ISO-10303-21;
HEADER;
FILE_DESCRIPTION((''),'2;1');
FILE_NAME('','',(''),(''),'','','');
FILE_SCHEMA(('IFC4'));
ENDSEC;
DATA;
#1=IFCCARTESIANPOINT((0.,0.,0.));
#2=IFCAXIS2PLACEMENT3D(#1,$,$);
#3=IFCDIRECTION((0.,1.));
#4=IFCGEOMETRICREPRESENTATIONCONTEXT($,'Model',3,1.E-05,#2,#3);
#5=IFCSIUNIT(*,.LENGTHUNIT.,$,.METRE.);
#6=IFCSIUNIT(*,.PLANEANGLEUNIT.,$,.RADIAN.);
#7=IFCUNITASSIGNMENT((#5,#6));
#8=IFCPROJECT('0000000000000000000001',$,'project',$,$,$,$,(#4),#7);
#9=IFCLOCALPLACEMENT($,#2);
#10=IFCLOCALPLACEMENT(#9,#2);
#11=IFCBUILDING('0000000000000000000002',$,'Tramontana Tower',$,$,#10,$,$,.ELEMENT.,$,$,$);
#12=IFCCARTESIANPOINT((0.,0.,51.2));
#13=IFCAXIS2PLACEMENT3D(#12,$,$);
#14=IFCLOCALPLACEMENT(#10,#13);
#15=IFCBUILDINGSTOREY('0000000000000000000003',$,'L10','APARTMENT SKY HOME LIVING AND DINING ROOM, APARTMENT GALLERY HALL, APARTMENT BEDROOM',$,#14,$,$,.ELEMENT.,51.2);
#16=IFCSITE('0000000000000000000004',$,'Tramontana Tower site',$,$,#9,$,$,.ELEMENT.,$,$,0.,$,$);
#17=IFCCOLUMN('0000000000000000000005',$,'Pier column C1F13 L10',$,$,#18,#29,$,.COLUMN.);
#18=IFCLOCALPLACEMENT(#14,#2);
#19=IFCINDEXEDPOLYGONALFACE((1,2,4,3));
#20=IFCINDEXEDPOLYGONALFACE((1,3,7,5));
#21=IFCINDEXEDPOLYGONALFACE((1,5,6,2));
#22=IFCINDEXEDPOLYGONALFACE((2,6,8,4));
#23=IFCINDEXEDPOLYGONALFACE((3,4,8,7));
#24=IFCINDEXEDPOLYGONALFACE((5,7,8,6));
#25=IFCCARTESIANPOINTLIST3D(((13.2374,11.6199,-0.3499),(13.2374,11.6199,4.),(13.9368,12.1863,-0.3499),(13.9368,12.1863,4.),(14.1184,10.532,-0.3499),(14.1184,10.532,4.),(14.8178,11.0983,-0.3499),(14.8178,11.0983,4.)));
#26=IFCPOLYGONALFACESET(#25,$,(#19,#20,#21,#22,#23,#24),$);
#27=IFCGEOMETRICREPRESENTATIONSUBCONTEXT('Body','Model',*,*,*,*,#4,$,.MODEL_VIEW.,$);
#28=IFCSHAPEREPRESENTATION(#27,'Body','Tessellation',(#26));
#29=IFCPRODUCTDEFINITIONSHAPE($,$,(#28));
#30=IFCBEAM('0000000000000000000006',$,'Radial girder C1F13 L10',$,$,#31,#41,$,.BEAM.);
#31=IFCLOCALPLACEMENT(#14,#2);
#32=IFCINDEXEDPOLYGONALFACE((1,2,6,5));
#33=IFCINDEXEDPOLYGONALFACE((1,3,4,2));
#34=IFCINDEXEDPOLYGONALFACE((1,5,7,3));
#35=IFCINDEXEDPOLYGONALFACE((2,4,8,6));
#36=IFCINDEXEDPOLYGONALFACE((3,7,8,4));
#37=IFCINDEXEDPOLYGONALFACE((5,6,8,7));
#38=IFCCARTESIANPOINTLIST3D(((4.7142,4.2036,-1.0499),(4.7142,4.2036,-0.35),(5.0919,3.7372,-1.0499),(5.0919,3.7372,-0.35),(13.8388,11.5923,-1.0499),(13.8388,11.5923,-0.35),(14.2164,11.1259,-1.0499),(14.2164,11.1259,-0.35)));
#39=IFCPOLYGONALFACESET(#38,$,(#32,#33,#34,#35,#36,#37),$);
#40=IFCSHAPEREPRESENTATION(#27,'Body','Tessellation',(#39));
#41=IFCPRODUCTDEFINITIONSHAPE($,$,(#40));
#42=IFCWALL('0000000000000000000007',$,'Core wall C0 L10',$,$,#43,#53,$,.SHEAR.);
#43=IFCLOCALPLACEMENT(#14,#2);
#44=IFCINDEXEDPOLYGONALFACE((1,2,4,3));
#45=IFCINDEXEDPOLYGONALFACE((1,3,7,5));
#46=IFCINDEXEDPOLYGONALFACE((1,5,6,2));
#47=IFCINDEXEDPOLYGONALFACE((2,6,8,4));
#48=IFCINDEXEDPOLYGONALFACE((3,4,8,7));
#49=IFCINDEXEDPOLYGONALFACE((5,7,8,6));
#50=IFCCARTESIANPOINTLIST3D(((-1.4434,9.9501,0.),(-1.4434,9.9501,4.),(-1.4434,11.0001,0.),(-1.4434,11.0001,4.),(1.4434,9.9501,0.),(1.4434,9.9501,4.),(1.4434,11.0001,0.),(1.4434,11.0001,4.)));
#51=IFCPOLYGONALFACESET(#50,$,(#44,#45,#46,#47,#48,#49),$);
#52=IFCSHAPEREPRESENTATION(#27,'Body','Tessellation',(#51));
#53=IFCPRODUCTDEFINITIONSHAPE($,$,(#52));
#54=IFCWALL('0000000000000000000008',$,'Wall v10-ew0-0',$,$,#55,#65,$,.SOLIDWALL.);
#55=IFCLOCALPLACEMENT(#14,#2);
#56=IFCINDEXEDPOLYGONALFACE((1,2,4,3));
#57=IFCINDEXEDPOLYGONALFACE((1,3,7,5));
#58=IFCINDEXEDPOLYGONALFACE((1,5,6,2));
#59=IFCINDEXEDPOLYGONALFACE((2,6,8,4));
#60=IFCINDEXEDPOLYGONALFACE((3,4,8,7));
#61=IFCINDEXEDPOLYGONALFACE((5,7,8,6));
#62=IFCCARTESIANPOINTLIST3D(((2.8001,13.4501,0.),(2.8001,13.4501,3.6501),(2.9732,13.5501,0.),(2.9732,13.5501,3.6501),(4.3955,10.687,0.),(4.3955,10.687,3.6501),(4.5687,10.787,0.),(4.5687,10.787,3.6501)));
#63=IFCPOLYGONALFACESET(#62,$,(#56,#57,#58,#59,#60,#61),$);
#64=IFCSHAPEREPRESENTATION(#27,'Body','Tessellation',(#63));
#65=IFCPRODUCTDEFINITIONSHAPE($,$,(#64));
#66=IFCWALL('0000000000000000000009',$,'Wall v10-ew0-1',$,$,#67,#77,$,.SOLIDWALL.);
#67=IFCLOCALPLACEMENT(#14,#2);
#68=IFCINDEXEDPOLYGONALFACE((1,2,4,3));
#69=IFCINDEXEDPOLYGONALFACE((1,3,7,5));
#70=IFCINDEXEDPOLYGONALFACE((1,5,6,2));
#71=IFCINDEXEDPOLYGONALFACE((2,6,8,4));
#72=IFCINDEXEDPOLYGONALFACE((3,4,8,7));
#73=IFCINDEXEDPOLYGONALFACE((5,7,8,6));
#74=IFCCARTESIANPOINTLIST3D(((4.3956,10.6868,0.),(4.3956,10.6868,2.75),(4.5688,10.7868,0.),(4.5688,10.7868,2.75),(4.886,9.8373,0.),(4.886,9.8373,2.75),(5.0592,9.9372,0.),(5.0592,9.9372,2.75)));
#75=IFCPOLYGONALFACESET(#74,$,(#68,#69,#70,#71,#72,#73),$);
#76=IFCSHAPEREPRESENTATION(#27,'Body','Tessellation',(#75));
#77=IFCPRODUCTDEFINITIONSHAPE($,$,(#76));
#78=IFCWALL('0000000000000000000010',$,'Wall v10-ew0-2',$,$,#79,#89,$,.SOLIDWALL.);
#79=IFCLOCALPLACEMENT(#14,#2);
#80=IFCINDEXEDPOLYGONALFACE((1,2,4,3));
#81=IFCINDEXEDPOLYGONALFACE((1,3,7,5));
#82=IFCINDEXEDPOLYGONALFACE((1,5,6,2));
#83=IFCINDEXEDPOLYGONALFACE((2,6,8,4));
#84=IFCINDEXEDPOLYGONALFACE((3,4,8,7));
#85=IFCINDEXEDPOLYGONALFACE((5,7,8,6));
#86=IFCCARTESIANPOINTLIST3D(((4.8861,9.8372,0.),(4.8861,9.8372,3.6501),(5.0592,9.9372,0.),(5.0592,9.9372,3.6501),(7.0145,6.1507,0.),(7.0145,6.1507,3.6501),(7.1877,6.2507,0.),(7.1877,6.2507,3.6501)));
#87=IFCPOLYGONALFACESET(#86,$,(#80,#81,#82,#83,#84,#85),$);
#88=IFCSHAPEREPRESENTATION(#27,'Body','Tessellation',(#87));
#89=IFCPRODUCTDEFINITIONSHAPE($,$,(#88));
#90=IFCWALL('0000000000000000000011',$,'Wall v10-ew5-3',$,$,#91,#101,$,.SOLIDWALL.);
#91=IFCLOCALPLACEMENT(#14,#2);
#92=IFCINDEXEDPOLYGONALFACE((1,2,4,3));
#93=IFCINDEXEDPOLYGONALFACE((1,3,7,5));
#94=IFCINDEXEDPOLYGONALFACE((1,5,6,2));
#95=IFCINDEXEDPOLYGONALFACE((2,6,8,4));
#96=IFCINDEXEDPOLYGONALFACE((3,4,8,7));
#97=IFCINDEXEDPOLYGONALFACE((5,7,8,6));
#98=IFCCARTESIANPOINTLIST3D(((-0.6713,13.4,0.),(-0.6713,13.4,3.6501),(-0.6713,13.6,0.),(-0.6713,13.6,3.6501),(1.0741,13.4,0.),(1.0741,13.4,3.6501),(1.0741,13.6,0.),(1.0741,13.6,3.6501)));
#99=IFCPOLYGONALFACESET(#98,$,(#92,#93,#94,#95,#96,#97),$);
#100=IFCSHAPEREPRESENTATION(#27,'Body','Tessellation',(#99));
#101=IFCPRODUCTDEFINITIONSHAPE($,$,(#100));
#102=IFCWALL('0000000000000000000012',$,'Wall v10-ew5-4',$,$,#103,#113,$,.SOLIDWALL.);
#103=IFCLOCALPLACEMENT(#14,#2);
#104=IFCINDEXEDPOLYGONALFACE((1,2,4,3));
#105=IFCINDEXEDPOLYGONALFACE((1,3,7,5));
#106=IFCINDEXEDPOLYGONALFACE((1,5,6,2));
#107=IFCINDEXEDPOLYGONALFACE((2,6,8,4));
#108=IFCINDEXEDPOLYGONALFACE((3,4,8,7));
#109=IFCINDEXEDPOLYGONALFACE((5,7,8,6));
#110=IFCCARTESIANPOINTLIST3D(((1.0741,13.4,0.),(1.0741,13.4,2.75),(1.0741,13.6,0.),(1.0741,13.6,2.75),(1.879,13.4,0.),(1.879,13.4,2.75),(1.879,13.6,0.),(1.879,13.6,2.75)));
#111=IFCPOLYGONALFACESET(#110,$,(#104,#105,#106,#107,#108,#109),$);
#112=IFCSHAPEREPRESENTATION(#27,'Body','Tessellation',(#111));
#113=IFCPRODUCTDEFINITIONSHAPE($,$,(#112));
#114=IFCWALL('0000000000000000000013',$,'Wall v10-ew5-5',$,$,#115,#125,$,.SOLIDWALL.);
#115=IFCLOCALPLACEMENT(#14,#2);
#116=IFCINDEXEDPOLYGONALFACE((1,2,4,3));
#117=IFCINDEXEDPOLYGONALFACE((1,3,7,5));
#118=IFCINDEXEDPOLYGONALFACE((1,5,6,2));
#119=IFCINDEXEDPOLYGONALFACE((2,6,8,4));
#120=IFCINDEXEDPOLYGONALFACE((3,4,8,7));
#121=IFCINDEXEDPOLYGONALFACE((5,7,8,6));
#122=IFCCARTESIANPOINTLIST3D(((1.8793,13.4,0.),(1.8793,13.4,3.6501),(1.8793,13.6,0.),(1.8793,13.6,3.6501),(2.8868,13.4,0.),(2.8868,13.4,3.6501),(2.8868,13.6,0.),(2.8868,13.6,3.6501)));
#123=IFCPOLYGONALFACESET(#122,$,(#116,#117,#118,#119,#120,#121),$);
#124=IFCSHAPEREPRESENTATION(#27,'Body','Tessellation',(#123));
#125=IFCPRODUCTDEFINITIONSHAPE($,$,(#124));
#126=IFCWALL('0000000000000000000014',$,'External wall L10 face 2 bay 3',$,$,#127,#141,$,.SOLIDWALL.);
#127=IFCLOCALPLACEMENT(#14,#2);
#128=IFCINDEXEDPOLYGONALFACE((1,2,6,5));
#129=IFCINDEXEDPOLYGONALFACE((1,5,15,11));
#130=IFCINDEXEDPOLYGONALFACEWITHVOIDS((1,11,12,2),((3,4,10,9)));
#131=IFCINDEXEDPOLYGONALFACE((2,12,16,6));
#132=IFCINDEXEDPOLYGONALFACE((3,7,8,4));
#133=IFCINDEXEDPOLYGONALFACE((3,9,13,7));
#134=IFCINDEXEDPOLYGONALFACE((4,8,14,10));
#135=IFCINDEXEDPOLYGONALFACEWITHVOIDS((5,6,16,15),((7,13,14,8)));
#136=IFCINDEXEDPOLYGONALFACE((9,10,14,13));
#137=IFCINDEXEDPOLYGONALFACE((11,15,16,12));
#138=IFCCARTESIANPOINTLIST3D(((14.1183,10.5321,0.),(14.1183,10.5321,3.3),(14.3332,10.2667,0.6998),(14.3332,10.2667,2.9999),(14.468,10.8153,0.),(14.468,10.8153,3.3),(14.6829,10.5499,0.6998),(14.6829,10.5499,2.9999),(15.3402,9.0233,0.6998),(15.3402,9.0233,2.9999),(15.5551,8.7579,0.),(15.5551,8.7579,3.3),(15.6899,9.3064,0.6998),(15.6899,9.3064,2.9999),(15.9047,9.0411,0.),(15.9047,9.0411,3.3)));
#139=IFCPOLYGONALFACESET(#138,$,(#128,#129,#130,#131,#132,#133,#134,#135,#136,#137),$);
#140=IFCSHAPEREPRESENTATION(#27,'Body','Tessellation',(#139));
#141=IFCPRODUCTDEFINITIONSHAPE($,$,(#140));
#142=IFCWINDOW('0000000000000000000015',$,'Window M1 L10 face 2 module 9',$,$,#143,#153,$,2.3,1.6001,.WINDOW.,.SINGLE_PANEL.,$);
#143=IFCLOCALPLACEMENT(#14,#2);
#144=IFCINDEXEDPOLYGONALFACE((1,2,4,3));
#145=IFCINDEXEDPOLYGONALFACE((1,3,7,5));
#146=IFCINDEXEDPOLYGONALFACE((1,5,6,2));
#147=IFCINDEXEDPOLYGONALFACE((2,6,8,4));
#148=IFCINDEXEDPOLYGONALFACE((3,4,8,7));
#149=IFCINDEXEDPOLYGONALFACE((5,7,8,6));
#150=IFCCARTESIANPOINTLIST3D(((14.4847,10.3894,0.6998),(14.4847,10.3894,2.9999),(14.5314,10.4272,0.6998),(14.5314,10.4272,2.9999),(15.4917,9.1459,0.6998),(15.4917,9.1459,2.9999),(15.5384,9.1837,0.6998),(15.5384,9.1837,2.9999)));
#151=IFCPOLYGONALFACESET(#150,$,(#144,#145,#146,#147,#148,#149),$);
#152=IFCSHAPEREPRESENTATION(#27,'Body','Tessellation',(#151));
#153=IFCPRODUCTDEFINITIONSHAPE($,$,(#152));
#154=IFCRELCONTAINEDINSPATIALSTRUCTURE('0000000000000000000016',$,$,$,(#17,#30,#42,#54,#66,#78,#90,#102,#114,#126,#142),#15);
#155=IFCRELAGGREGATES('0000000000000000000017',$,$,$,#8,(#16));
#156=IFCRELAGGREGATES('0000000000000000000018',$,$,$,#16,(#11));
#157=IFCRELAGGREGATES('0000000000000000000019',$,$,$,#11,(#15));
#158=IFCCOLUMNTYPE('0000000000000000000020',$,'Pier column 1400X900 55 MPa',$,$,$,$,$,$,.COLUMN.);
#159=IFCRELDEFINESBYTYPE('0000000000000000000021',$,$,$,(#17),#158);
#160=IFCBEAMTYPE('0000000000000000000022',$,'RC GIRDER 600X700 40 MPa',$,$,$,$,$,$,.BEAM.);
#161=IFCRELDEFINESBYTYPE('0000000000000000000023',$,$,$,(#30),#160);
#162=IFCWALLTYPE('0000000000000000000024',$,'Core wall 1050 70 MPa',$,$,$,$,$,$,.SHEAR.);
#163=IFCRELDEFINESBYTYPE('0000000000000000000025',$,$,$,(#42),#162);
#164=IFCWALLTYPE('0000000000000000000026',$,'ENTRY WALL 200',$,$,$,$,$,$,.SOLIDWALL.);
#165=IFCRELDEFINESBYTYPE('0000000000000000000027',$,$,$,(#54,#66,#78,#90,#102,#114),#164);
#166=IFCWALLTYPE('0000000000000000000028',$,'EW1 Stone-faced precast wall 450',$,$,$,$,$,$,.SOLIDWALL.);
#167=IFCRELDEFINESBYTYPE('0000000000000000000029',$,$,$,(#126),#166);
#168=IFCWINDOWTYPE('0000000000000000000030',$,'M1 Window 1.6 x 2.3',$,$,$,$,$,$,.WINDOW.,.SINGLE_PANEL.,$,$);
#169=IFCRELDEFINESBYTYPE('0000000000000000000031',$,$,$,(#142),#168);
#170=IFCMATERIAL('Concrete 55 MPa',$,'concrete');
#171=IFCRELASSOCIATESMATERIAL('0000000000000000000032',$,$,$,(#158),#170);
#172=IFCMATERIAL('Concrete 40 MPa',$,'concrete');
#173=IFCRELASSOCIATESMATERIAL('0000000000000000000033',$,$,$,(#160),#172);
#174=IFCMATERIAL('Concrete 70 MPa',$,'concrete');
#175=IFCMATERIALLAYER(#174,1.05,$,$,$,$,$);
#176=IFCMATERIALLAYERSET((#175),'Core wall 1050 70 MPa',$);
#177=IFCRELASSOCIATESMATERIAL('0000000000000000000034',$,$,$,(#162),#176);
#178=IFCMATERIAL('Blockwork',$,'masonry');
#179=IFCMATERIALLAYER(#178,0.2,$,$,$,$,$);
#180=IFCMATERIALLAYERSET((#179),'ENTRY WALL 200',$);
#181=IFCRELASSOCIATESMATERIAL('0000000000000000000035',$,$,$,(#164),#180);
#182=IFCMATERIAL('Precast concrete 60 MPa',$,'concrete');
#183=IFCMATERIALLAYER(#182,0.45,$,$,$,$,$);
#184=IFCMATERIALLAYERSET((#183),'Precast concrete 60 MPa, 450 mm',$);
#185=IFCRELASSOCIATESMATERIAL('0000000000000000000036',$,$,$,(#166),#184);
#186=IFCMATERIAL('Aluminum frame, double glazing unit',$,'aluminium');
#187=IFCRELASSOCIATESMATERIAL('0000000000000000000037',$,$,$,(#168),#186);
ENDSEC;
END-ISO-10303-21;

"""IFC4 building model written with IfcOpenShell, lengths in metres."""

from ifc_helpers import new_model, si_unit, direction, frame, frame_2d, origin, origin_2d, place, context, subcontext, project, spatial, rectangle, extrude, material, layer, layer_set, material_profile, profile_set, type_object, element, fill, save


model = new_model("IFC4")

# Units and contexts
model_context = context("Model", 3, precision=1e-05, world=origin(), true_north=direction((0.0, 1.0)))
body_context = subcontext(model_context, "Body", "Model", "MODEL_VIEW")
ifc_project = project(units=[si_unit("LENGTHUNIT", "METRE"), si_unit("PLANEANGLEUNIT", "RADIAN")], contexts=[model_context])

# Site, building, storey
site_placement = place(None, origin())
site = spatial("IfcSite", under=ifc_project, at=site_placement, Name="Tramontana Tower site", CompositionType="ELEMENT", RefElevation=0.0)
building_placement = place(site_placement, origin())
building = spatial("IfcBuilding", under=site, at=building_placement, Name="Tramontana Tower", CompositionType="ELEMENT")
storey_placement = place(building_placement, frame((0.0, 0.0, 51.2)))
storey = spatial("IfcBuildingStorey", under=building, at=storey_placement, Name="L10", Description="APARTMENT SKY HOME LIVING AND DINING ROOM, APARTMENT GALLERY HALL, APARTMENT BEDROOM", CompositionType="ELEMENT", Elevation=51.2)

# Column
ifc_material_1 = material(Name="Concrete 55 MPa", Category="concrete")
ifc_material_profile_1 = material_profile(ifc_material_1, rectangle(XDim=1.3999, YDim=0.8999, at=origin_2d()), Name="Pier column 1400X900 55 MPa")
ifc_profile_set_1 = profile_set([ifc_material_profile_1], Name="Concrete 55 MPa")
column_type = type_object("IfcColumnType", Name="Pier column 1400X900 55 MPa", PredefinedType="COLUMN", material=ifc_profile_set_1)
column_placement = place(storey_placement, frame((14.0276, 11.3591, -0.3499), z_axis=(0.0, 0.0, 1.0), x_axis=(-0.62932, 0.777146, 0.0)))
element("IfcColumn", 1, at=column_placement, inside=storey, type_object=column_type, Name="Pier column C1F13 L10", PredefinedType="COLUMN", context=body_context, shape_type="SweptSolid", body=[
    extrude(rectangle(XDim=1.3999, YDim=0.8999, at=origin_2d()), origin(), (0.0, 0.0, 1.0), 4.3499),
])

# Beam
ifc_material_2 = material(Name="Concrete 40 MPa", Category="concrete")
ifc_material_profile_2 = material_profile(ifc_material_2, rectangle(XDim=0.6001, YDim=0.7, at=origin_2d()), Name="RC GIRDER 600X700 40 MPa")
ifc_profile_set_2 = profile_set([ifc_material_profile_2], Name="Concrete 40 MPa")
beam_type = type_object("IfcBeamType", Name="RC GIRDER 600X700 40 MPa", PredefinedType="BEAM", material=ifc_profile_set_2)
beam_placement = place(storey_placement, frame((14.0276, 11.3591, -0.7), z_axis=(-0.777155, -0.629309, 0.0), x_axis=(0.629309, -0.777155, 0.0)))
element("IfcBeam", 2, at=beam_placement, inside=storey, type_object=beam_type, Name="Radial girder C1F13 L10", PredefinedType="BEAM", context=body_context, shape_type="SweptSolid", body=[
    extrude(rectangle(XDim=0.6001, YDim=0.7, at=origin_2d()), origin(), (0.0, 0.0, 1.0), 11.741),
])

# Walls
ifc_material_3 = material(Name="Concrete 70 MPa", Category="concrete")
ifc_layer_1 = layer(ifc_material_3, 1.05)
ifc_layer_set_1 = layer_set([ifc_layer_1], Name="Core wall 1050 70 MPa")
wall_type_1 = type_object("IfcWallType", Name="Core wall 1050 70 MPa", PredefinedType="SHEAR", material=ifc_layer_set_1)
wall_1_placement = place(storey_placement, frame((1.4434, 10.4751, 0.0), z_axis=(0.0, 0.0, 1.0), x_axis=(-1.0, 0.0, 0.0)))
element("IfcWall", 3, at=wall_1_placement, inside=storey, type_object=wall_type_1, Name="Core wall C0 L10", PredefinedType="SHEAR", context=body_context, shape_type="SweptSolid", body=[
    extrude(rectangle(XDim=2.8867, YDim=1.05, at=frame_2d((1.4434, 0.0))), origin(), (0.0, 0.0, 1.0), 4.0),
])
ifc_material_4 = material(Name="Blockwork", Category="masonry")
ifc_layer_2 = layer(ifc_material_4, 0.2)
ifc_layer_set_2 = layer_set([ifc_layer_2], Name="ENTRY WALL 200")
wall_type_2 = type_object("IfcWallType", Name="ENTRY WALL 200", PredefinedType="SOLIDWALL", material=ifc_layer_set_2)
wall_2_placement = place(storey_placement, frame((2.8867, 13.5, 0.0), z_axis=(0.0, 0.0, 1.0), x_axis=(0.500032, -0.866007, 0.0)))
element("IfcWall", 4, at=wall_2_placement, inside=storey, type_object=wall_type_2, Name="Wall v10-ew0-0", PredefinedType="SOLIDWALL", context=body_context, shape_type="SweptSolid", body=[
    extrude(rectangle(XDim=3.1907, YDim=0.2, at=frame_2d((1.5952, 0.0))), origin(), (0.0, 0.0, 1.0), 3.6501),
])
wall_3_placement = place(storey_placement, frame((4.4822, 10.7368, 0.0), z_axis=(0.0, 0.0, 1.0), x_axis=(0.499967, -0.866045, 0.0)))
element("IfcWall", 5, at=wall_3_placement, inside=storey, type_object=wall_type_2, Name="Wall v10-ew0-1", PredefinedType="SOLIDWALL", context=body_context, shape_type="SweptSolid", body=[
    extrude(rectangle(XDim=0.981, YDim=0.2, at=frame_2d((0.4905, 0.0))), origin(), (0.0, 0.0, 1.0), 2.75),
])
wall_4_placement = place(storey_placement, frame((4.9727, 9.8872, 0.0), z_axis=(0.0, 0.0, 1.0), x_axis=(0.5, -0.866025, 0.0)))
element("IfcWall", 6, at=wall_4_placement, inside=storey, type_object=wall_type_2, Name="Wall v10-ew0-2", PredefinedType="SOLIDWALL", context=body_context, shape_type="SweptSolid", body=[
    extrude(rectangle(XDim=4.2568, YDim=0.2, at=frame_2d((2.1284, 0.0))), origin(), (0.0, 0.0, 1.0), 3.6501),
])
wall_5_placement = place(storey_placement, frame((-0.6711, 13.5, 0.0), z_axis=(0.0, 0.0, 1.0), x_axis=(1.0, 0.0, 0.0)))
element("IfcWall", 7, at=wall_5_placement, inside=storey, type_object=wall_type_2, Name="Wall v10-ew5-3", PredefinedType="SOLIDWALL", context=body_context, shape_type="SweptSolid", body=[
    extrude(rectangle(XDim=1.7454, YDim=0.2, at=frame_2d((0.8726, 0.0))), origin(), (0.0, 0.0, 1.0), 3.6501),
])
wall_6_placement = place(storey_placement, frame((1.0742, 13.5, 0.0), z_axis=(0.0, 0.0, 1.0), x_axis=(1.0, 0.0, 0.0)))
element("IfcWall", 8, at=wall_6_placement, inside=storey, type_object=wall_type_2, Name="Wall v10-ew5-4", PredefinedType="SOLIDWALL", context=body_context, shape_type="SweptSolid", body=[
    extrude(rectangle(XDim=0.8049, YDim=0.2, at=frame_2d((0.4023, 0.0))), origin(), (0.0, 0.0, 1.0), 2.75),
])
wall_7_placement = place(storey_placement, frame((1.8792, 13.5, 0.0), z_axis=(0.0, 0.0, 1.0), x_axis=(1.0, 0.0, 0.0)))
element("IfcWall", 9, at=wall_7_placement, inside=storey, type_object=wall_type_2, Name="Wall v10-ew5-5", PredefinedType="SOLIDWALL", context=body_context, shape_type="SweptSolid", body=[
    extrude(rectangle(XDim=1.0076, YDim=0.2, at=frame_2d((0.5039, 0.0))), origin(), (0.0, 0.0, 1.0), 3.6501),
])

# Wall, opening, window
ifc_material_5 = material(Name="Precast concrete 60 MPa", Category="concrete")
ifc_layer_3 = layer(ifc_material_5, 0.45)
ifc_layer_set_3 = layer_set([ifc_layer_3], Name="Precast concrete 60 MPa, 450 mm")
wall_type_3 = type_object("IfcWallType", Name="EW1 Stone-faced precast wall 450", PredefinedType="SOLIDWALL", material=ifc_layer_set_3)
wall_8_placement = place(storey_placement, frame((15.73, 8.8994, 0.0), z_axis=(0.0, 0.0, 1.0), x_axis=(-0.62934, 0.77713, 0.0)))
wall_8 = element("IfcWall", 10, at=wall_8_placement, inside=storey, type_object=wall_type_3, Name="External wall L10 face 2 bay 3", PredefinedType="SOLIDWALL", context=body_context, shape_type="SweptSolid", body=[
    extrude(rectangle(XDim=2.283, YDim=0.45, at=frame_2d((1.1416, 0.0))), origin(), (0.0, 0.0, 1.0), 3.3),
])
opening_1_placement = place(wall_8_placement, frame((0.3416, 0.0, 0.7)))
opening_1 = element("IfcOpeningElement", 11, at=opening_1_placement, cuts=wall_8, PredefinedType="OPENING", context=body_context, shape_type="SweptSolid", body=[
    extrude(rectangle(XDim=1.6001, YDim=2.3, at=frame_2d((0.8, 1.1499))), frame((0.0, 0.2349, 0.0), z_axis=(0.0, -1.0, 0.0), x_axis=(1.0, 0.0, 0.0)), (0.0, 0.0, 1.0), 0.47),
])
ifc_material_6 = material(Name="Aluminum frame, double glazing unit", Category="aluminium")
window_type_1 = type_object("IfcWindowType", Name="M1 Window 1.6 x 2.3", PartitioningType="SINGLE_PANEL", PredefinedType="WINDOW", material=ifc_material_6)
window_1_placement = place(opening_1_placement, origin())
window_1 = element("IfcWindow", 12, at=window_1_placement, inside=storey, type_object=window_type_1, Name="Window M1 L10 face 2 module 9", OverallHeight=2.3, OverallWidth=1.6001, PartitioningType="SINGLE_PANEL", PredefinedType="WINDOW", context=body_context, shape_type="SweptSolid", body=[
    extrude(rectangle(XDim=1.6001, YDim=2.3, at=frame_2d((0.8, 1.1499))), frame((0.0, 0.03, 0.0), z_axis=(0.0, -1.0, 0.0), x_axis=(1.0, 0.0, 0.0)), (0.0, 0.0, 1.0), 0.0601),
])
fill(opening_1, window_1)

save(model, "model.ifc")
